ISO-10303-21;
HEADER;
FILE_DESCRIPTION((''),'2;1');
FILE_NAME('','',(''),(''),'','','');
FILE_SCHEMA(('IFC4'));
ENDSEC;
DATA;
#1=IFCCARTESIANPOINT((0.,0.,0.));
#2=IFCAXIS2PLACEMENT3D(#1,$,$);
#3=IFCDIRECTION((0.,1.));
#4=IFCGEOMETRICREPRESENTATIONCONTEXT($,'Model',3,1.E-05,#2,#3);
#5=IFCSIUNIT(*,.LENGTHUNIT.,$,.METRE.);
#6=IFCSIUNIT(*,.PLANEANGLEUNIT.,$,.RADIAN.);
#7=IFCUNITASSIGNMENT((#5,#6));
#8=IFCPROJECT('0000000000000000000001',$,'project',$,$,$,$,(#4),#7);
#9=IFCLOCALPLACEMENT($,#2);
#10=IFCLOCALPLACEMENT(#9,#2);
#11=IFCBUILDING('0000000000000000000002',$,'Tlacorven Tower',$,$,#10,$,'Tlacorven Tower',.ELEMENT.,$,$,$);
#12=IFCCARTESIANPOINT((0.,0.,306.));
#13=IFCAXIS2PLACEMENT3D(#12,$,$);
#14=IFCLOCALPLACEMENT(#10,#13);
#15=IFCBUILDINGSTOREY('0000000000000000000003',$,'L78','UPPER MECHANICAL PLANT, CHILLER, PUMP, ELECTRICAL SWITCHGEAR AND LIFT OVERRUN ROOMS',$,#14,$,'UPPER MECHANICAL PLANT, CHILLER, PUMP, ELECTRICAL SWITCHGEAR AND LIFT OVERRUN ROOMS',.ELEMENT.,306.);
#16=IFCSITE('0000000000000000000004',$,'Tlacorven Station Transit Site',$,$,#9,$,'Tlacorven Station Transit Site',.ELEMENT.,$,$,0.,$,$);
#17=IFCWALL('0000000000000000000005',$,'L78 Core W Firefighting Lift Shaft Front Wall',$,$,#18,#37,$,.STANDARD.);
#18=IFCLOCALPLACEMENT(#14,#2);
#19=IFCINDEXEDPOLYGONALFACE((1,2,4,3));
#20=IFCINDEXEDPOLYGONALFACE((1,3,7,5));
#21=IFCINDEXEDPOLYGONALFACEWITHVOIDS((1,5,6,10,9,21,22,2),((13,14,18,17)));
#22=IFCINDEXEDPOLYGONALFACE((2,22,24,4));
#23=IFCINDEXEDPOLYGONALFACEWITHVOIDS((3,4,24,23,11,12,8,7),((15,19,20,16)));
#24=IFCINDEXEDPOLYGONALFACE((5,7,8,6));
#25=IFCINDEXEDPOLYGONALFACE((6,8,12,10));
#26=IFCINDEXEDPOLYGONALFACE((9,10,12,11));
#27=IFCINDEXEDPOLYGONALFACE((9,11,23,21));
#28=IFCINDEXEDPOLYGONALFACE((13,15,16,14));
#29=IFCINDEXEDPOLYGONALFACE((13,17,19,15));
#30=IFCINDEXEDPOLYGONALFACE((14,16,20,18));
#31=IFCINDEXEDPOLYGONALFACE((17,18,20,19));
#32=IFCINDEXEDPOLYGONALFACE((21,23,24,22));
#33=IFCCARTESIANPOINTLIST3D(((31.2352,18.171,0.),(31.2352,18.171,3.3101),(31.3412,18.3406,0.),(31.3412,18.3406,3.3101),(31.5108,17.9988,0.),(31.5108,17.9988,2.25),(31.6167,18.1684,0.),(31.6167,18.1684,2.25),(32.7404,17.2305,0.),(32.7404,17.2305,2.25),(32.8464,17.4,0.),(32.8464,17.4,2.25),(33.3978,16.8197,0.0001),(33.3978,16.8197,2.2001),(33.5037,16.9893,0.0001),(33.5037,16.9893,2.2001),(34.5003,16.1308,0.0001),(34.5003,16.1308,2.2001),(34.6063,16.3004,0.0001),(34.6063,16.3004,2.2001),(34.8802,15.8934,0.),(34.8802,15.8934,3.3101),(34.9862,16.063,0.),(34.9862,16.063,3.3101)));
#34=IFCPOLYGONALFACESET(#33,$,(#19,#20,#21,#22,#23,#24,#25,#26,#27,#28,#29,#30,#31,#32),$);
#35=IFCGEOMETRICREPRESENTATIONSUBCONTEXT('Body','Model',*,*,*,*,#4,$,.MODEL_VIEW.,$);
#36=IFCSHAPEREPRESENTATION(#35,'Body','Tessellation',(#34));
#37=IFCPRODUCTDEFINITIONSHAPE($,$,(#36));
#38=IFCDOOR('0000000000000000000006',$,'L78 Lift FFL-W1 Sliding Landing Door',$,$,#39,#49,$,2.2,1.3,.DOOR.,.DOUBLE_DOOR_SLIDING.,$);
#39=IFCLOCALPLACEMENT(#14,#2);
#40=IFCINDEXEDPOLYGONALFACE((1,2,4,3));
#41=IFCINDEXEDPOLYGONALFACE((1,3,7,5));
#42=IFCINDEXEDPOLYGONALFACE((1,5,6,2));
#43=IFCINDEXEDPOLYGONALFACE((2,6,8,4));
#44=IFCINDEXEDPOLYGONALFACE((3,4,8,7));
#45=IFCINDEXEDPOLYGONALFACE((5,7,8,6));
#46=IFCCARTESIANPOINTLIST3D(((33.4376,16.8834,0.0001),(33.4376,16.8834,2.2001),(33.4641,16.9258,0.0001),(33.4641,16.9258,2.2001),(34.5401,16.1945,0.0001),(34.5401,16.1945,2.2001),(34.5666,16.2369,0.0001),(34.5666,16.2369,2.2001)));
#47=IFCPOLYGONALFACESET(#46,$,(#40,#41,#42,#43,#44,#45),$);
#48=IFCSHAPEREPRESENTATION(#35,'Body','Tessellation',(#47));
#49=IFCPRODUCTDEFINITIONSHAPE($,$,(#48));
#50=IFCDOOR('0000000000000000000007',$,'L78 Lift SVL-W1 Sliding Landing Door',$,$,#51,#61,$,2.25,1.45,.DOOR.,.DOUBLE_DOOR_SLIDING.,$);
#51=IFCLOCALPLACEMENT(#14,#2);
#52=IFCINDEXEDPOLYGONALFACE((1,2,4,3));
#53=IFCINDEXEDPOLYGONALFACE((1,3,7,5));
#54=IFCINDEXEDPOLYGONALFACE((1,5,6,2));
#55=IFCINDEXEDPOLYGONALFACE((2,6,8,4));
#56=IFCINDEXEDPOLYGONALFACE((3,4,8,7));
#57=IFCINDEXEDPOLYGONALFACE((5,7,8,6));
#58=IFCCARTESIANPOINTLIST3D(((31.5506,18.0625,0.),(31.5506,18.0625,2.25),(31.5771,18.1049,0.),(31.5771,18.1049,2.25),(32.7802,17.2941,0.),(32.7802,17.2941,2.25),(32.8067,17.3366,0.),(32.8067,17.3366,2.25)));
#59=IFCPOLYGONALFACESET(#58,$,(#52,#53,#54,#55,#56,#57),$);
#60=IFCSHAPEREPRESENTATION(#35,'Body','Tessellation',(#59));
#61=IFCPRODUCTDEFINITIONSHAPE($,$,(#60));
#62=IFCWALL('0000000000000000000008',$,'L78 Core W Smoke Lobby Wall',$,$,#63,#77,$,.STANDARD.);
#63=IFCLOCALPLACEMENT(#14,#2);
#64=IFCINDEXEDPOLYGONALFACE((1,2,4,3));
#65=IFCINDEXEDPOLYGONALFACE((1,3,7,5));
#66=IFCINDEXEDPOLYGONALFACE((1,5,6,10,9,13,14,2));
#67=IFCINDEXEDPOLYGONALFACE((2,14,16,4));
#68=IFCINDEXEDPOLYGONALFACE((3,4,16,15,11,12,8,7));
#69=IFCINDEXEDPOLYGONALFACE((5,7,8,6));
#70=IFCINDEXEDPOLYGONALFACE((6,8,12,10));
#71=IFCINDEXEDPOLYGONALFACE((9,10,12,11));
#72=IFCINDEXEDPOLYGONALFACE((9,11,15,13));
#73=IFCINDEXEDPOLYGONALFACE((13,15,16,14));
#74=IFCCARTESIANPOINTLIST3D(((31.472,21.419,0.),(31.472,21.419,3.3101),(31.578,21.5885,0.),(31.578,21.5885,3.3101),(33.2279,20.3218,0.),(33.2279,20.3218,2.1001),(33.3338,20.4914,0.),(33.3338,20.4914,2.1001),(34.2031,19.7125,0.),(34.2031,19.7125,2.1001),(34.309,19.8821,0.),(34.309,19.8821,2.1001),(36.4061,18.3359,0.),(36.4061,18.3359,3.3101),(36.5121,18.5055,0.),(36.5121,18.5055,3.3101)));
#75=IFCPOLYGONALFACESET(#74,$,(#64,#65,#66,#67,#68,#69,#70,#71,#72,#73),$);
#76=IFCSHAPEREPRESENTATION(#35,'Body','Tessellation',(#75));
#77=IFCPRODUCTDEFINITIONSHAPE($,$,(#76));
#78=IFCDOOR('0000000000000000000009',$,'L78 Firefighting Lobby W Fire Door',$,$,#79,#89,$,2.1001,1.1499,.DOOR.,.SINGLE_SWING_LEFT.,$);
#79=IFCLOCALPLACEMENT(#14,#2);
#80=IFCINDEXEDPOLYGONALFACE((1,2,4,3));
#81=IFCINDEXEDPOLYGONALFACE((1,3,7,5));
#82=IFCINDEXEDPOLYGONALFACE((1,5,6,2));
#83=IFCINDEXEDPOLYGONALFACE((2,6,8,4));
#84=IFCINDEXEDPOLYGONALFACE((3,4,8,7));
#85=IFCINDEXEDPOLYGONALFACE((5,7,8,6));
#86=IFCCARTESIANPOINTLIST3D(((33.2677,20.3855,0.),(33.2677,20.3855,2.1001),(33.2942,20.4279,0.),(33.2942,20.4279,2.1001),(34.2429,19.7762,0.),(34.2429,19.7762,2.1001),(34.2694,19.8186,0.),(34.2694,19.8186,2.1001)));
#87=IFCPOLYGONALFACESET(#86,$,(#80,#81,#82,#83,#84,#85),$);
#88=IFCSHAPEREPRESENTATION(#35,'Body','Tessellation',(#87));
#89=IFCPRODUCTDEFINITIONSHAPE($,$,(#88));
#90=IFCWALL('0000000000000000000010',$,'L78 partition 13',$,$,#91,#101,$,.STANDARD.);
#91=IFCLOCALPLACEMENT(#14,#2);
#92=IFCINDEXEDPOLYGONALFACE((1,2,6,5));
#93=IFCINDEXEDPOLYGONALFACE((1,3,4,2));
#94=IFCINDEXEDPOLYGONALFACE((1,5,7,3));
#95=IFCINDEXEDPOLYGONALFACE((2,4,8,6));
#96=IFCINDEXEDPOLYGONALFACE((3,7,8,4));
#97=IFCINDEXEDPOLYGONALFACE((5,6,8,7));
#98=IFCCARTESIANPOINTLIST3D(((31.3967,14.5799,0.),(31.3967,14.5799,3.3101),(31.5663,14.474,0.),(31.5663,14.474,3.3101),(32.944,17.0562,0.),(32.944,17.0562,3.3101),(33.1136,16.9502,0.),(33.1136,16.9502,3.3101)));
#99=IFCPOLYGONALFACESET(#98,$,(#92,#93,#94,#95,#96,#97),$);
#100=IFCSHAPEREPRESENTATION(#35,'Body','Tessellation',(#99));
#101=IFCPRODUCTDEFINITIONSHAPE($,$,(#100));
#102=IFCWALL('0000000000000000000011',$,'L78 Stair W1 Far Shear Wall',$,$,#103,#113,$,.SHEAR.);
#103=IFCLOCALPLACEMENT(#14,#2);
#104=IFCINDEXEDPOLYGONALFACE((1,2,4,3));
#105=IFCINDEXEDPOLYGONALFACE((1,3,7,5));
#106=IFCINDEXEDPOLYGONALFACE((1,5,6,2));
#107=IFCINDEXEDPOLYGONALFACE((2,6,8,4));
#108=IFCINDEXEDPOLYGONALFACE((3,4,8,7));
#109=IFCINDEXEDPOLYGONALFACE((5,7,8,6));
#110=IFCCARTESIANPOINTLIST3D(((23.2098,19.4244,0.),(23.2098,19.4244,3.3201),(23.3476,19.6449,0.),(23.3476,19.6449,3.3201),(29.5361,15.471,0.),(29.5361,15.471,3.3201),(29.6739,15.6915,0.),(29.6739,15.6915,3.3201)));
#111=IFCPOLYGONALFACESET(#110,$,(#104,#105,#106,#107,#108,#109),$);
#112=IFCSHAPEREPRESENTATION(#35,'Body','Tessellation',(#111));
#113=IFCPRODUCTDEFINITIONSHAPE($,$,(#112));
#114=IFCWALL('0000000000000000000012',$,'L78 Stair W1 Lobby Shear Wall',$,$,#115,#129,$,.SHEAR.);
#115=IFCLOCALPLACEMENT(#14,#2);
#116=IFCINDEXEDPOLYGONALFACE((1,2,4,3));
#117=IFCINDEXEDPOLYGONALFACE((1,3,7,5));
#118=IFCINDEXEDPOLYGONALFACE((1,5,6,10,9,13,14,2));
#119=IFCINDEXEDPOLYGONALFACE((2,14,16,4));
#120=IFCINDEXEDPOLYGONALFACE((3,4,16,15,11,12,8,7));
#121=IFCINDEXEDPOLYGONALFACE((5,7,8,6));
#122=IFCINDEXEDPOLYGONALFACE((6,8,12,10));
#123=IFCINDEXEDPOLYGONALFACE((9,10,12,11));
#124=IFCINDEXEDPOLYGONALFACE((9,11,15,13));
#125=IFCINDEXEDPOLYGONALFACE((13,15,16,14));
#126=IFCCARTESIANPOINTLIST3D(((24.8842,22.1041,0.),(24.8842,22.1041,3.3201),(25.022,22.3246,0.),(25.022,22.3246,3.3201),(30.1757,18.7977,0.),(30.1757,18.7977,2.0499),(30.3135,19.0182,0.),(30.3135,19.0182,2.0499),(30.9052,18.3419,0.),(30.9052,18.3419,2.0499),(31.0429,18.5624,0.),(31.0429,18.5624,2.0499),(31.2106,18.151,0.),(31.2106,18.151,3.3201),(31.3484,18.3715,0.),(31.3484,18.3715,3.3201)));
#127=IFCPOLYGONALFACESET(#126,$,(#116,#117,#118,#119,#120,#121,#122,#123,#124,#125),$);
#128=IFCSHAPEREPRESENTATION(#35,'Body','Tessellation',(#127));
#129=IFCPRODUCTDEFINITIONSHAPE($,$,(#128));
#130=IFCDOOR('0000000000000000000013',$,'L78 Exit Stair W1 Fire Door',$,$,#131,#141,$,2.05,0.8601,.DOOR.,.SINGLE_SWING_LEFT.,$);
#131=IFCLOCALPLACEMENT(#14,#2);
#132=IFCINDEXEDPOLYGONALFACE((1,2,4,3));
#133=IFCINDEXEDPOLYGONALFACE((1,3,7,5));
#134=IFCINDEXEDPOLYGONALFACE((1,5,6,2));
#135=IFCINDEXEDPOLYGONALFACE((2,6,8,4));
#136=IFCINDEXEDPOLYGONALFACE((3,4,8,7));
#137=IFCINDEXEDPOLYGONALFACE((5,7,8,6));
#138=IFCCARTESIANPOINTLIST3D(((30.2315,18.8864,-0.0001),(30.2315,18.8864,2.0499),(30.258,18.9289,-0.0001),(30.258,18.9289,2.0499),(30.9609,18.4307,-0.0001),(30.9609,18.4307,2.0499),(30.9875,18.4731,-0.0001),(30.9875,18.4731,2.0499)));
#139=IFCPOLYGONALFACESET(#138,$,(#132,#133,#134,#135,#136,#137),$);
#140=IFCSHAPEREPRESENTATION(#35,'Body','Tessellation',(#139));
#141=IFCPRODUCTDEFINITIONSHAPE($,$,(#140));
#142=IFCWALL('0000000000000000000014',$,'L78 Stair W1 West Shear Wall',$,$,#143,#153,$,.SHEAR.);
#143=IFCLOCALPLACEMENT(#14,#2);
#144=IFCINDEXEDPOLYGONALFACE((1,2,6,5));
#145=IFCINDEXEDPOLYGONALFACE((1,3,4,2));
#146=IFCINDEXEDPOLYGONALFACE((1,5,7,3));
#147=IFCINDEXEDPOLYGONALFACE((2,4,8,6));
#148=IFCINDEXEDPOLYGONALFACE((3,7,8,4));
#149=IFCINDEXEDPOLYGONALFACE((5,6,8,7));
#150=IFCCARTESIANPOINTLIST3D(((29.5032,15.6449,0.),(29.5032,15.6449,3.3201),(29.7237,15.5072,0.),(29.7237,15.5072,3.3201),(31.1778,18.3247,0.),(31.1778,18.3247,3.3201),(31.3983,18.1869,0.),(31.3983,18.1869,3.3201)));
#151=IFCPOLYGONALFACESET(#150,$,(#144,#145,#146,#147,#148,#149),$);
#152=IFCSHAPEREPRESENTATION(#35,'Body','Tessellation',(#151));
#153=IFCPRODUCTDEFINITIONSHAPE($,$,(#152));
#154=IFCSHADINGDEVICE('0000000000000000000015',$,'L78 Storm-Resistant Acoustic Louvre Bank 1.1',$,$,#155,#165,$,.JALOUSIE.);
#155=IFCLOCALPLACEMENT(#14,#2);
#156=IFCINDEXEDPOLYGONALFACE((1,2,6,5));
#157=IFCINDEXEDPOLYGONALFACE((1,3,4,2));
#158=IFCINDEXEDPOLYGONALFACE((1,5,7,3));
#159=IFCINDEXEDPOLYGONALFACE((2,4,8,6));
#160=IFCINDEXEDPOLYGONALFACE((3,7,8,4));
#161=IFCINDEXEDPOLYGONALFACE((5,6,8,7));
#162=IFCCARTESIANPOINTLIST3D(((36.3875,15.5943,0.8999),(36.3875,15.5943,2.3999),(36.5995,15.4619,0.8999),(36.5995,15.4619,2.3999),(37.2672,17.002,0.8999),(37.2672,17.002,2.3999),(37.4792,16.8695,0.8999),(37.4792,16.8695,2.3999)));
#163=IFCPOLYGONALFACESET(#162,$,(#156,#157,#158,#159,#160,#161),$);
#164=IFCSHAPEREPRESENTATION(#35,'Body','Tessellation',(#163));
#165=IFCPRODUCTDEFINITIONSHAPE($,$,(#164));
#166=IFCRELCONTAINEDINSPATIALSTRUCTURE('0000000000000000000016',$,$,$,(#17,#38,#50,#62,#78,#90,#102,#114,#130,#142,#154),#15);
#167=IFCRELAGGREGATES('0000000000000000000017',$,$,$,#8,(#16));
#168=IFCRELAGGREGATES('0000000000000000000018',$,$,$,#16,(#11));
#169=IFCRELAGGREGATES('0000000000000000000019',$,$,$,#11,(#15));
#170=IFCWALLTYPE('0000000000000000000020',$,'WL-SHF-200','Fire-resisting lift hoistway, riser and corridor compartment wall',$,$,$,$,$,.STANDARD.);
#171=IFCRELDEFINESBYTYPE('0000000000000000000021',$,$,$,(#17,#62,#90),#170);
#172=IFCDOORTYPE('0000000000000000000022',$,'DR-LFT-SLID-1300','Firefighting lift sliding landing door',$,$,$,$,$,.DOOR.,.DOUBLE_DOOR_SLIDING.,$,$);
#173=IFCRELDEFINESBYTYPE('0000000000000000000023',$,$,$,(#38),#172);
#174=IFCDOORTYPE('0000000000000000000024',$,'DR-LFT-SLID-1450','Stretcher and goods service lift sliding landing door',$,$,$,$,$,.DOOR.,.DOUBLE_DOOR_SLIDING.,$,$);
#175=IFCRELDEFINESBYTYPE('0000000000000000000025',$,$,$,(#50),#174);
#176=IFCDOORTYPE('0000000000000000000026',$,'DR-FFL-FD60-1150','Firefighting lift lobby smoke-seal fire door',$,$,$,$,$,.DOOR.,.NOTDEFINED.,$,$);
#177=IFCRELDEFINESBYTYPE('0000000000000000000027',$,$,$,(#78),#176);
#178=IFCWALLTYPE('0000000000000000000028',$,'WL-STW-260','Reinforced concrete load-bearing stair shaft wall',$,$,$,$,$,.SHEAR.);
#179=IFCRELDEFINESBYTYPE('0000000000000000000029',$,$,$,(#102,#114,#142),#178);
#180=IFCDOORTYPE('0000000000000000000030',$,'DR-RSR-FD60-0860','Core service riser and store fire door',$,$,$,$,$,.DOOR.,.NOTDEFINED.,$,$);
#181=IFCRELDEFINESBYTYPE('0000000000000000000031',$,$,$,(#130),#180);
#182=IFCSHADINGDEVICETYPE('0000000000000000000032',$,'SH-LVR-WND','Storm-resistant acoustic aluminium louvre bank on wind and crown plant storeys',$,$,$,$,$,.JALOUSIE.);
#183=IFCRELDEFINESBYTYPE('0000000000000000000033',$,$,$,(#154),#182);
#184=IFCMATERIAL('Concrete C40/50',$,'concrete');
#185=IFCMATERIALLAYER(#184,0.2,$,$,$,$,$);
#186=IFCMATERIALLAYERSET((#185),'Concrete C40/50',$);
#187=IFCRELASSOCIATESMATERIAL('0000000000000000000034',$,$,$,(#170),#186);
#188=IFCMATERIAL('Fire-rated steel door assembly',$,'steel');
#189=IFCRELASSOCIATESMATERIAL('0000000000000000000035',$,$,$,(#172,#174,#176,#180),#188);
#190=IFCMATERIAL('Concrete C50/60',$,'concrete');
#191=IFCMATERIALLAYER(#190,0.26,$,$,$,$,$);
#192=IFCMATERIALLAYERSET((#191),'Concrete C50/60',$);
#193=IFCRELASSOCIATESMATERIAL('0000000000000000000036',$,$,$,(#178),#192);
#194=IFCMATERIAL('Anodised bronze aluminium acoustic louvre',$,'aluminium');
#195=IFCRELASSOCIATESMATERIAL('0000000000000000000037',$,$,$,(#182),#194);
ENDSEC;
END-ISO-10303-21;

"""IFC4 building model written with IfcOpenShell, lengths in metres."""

from ifc_helpers import new_model, si_unit, direction, frame, frame_2d, origin, origin_2d, place, context, subcontext, project, spatial, rectangle, extrude, source, transform, mapped, material, layer, layer_set, type_object, element, fill, save


model = new_model("IFC4")

# Units and contexts
model_context = context("Model", 3, precision=1e-05, world=origin(), true_north=direction((0.0, 1.0)))
body_context = subcontext(model_context, "Body", "Model", "MODEL_VIEW")
ifc_project = project(units=[si_unit("LENGTHUNIT", "METRE"), si_unit("PLANEANGLEUNIT", "RADIAN")], contexts=[model_context])

# Site, building, storey
site_placement = place(None, origin())
site = spatial("IfcSite", under=ifc_project, at=site_placement, Name="Tlacorven Station Transit Site", LongName="Tlacorven Station Transit Site", CompositionType="ELEMENT", RefElevation=0.0)
building_placement = place(site_placement, origin())
building = spatial("IfcBuilding", under=site, at=building_placement, Name="Tlacorven Tower", LongName="Tlacorven Tower", CompositionType="ELEMENT")
storey_placement = place(building_placement, frame((0.0, 0.0, 306.0)))
storey = spatial("IfcBuildingStorey", under=building, at=storey_placement, Name="L78", Description="UPPER MECHANICAL PLANT, CHILLER, PUMP, ELECTRICAL SWITCHGEAR AND LIFT OVERRUN ROOMS", LongName="UPPER MECHANICAL PLANT, CHILLER, PUMP, ELECTRICAL SWITCHGEAR AND LIFT OVERRUN ROOMS", CompositionType="ELEMENT", Elevation=306.0)

# Shared definitions
ifc_material_1 = material(Name="Concrete C50/60", Category="concrete")

# Wall, openings, doors
ifc_material_2 = material(Name="Concrete C40/50", Category="concrete")
ifc_layer_1 = layer(ifc_material_2, 0.2)
ifc_layer_set_1 = layer_set([ifc_layer_1], Name="Concrete C40/50")
wall_type_1 = type_object("IfcWallType", Name="WL-SHF-200", Description="Fire-resisting lift hoistway, riser and corridor compartment wall", PredefinedType="STANDARD", material=ifc_layer_set_1)
wall_1_placement = place(storey_placement, frame((34.9331, 15.9783, 0.0), z_axis=(0.0, 0.0, 1.0), x_axis=(-0.848056, 0.529907, 0.0)))
wall_1 = element("IfcWall", 1, at=wall_1_placement, inside=storey, type_object=wall_type_1, Name="L78 Core W Firefighting Lift Shaft Front Wall", PredefinedType="STANDARD", context=body_context, shape_type="SweptSolid", body=[
    extrude(rectangle(XDim=4.2981, YDim=0.2, at=frame_2d((2.1489, 0.0))), origin(), (0.0, 0.0, 1.0), 3.3101),
])
opening_1_placement = place(wall_1_placement, frame((0.448, 0.0, 0.0)))
opening_1 = element("IfcOpeningElement", 2, at=opening_1_placement, cuts=wall_1, PredefinedType="OPENING", context=body_context, shape_type="SweptSolid", body=[
    extrude(rectangle(XDim=1.3, YDim=2.2, at=frame_2d((0.6499, 1.1001))), frame((0.0, 0.1099, 0.0), z_axis=(0.0, -1.0, 0.0), x_axis=(1.0, 0.0, 0.0)), (0.0, 0.0, 1.0), 0.22),
])
opening_2_placement = place(wall_1_placement, frame((2.5229, 0.0, 0.0)))
opening_2 = element("IfcOpeningElement", 3, at=opening_2_placement, cuts=wall_1, PredefinedType="OPENING", context=body_context, shape_type="SweptSolid", body=[
    extrude(rectangle(XDim=1.45, YDim=2.25, at=frame_2d((0.7251, 1.125))), frame((0.0, 0.1099, 0.0), z_axis=(0.0, -1.0, 0.0), x_axis=(1.0, 0.0, 0.0)), (0.0, 0.0, 1.0), 0.22),
])
ifc_material_3 = material(Name="Fire-rated steel door assembly", Category="steel")
door_type_1 = type_object("IfcDoorType", Name="DR-LFT-SLID-1300", Description="Firefighting lift sliding landing door", OperationType="DOUBLE_DOOR_SLIDING", PredefinedType="DOOR", material=ifc_material_3)
shared_shape_1 = source(origin(), body_context, "Body", "SweptSolid", [
    extrude(rectangle(XDim=1.3, YDim=2.2, at=frame_2d((0.6499, 1.1001))), frame((0.0, 0.0249, 0.0), z_axis=(0.0, -1.0, 0.0), x_axis=(1.0, 0.0, 0.0)), (0.0, 0.0, 1.0), 0.05),
])
door_1_placement = place(opening_1_placement, origin())
door_1 = element("IfcDoor", 4, at=door_1_placement, inside=storey, type_object=door_type_1, Name="L78 Lift FFL-W1 Sliding Landing Door", OperationType="DOUBLE_DOOR_SLIDING", OverallHeight=2.2, OverallWidth=1.3, PredefinedType="DOOR", context=body_context, shape_type="MappedRepresentation", body=[
    mapped(shared_shape_1, transform((0.0, 0.0, 0.0), scale=1.0)),
])
fill(opening_1, door_1)
door_type_2 = type_object("IfcDoorType", Name="DR-LFT-SLID-1450", Description="Stretcher and goods service lift sliding landing door", OperationType="DOUBLE_DOOR_SLIDING", PredefinedType="DOOR", material=ifc_material_3)
shared_shape_2 = source(origin(), body_context, "Body", "SweptSolid", [
    extrude(rectangle(XDim=1.45, YDim=2.25, at=frame_2d((0.7251, 1.125))), frame((0.0, 0.0249, 0.0), z_axis=(0.0, -1.0, 0.0), x_axis=(1.0, 0.0, 0.0)), (0.0, 0.0, 1.0), 0.05),
])
door_2_placement = place(opening_2_placement, origin())
door_2 = element("IfcDoor", 5, at=door_2_placement, inside=storey, type_object=door_type_2, Name="L78 Lift SVL-W1 Sliding Landing Door", OperationType="DOUBLE_DOOR_SLIDING", OverallHeight=2.25, OverallWidth=1.45, PredefinedType="DOOR", context=body_context, shape_type="MappedRepresentation", body=[
    mapped(shared_shape_2, transform((0.0, 0.0, 0.0), scale=1.0)),
])
fill(opening_2, door_2)

# Wall, opening, door
wall_2_placement = place(storey_placement, frame((36.4592, 18.4207, 0.0), z_axis=(0.0, 0.0, 1.0), x_axis=(-0.84806, 0.529901, 0.0)))
wall_2 = element("IfcWall", 6, at=wall_2_placement, inside=storey, type_object=wall_type_1, Name="L78 Core W Smoke Lobby Wall", PredefinedType="STANDARD", context=body_context, shape_type="SweptSolid", body=[
    extrude(rectangle(XDim=5.8181, YDim=0.2, at=frame_2d((2.9092, 0.0))), origin(), (0.0, 0.0, 1.0), 3.3101),
])
opening_3_placement = place(wall_2_placement, frame((2.5979, 0.0, 0.0)))
opening_3 = element("IfcOpeningElement", 7, at=opening_3_placement, cuts=wall_2, PredefinedType="OPENING", context=body_context, shape_type="SweptSolid", body=[
    extrude(rectangle(XDim=1.1499, YDim=2.1001, at=frame_2d((0.575, 1.05))), frame((0.0, 0.1099, 0.0), z_axis=(0.0, -1.0, 0.0), x_axis=(1.0, 0.0, 0.0)), (0.0, 0.0, 1.0), 0.22),
])
door_type_3 = type_object("IfcDoorType", Name="DR-FFL-FD60-1150", Description="Firefighting lift lobby smoke-seal fire door", OperationType="NOTDEFINED", PredefinedType="DOOR", material=ifc_material_3)
shared_shape_3 = source(origin(), body_context, "Body", "SweptSolid", [
    extrude(rectangle(XDim=1.1499, YDim=2.1001, at=frame_2d((0.575, 1.05))), frame((0.0, 0.0249, 0.0), z_axis=(0.0, -1.0, 0.0), x_axis=(1.0, 0.0, 0.0)), (0.0, 0.0, 1.0), 0.05),
])
door_3_placement = place(opening_3_placement, origin())
door_3 = element("IfcDoor", 8, at=door_3_placement, inside=storey, type_object=door_type_3, Name="L78 Firefighting Lobby W Fire Door", OperationType="SINGLE_SWING_LEFT", OverallHeight=2.1001, OverallWidth=1.1499, PredefinedType="DOOR", context=body_context, shape_type="MappedRepresentation", body=[
    mapped(shared_shape_3, transform((0.0, 0.0, 0.0), scale=1.0)),
])
fill(opening_3, door_3)

# Walls
wall_3_placement = place(storey_placement, frame((33.0288, 17.0032, 0.0), z_axis=(0.0, 0.0, 1.0), x_axis=(-0.529916, -0.84805, 0.0)))
element("IfcWall", 9, at=wall_3_placement, inside=storey, type_object=wall_type_1, Name="L78 partition 13", PredefinedType="STANDARD", context=body_context, shape_type="SweptSolid", body=[
    extrude(rectangle(XDim=2.9199, YDim=0.2, at=frame_2d((1.46, 0.0))), origin(), (0.0, 0.0, 1.0), 3.3101),
])
ifc_layer_2 = layer(ifc_material_1, 0.26)
ifc_layer_set_2 = layer_set([ifc_layer_2], Name="Concrete C50/60")
wall_type_2 = type_object("IfcWallType", Name="WL-STW-260", Description="Reinforced concrete load-bearing stair shaft wall", PredefinedType="SHEAR", material=ifc_layer_set_2)
wall_4_placement = place(storey_placement, frame((29.605, 15.5813, 0.0), z_axis=(0.0, 0.0, 1.0), x_axis=(-0.848037, 0.529937, 0.0)))
element("IfcWall", 10, at=wall_4_placement, inside=storey, type_object=wall_type_2, Name="L78 Stair W1 Far Shear Wall", PredefinedType="SHEAR", context=body_context, shape_type="SweptSolid", body=[
    extrude(rectangle(XDim=7.46, YDim=0.26, at=frame_2d((3.73, 0.0))), origin(), (0.0, 0.0, 1.0), 3.3201),
])

# Wall, opening, door
wall_5_placement = place(storey_placement, frame((31.2795, 18.2612, 0.0), z_axis=(0.0, 0.0, 1.0), x_axis=(-0.848052, 0.529914, 0.0)))
wall_5 = element("IfcWall", 11, at=wall_5_placement, inside=storey, type_object=wall_type_2, Name="L78 Stair W1 Lobby Shear Wall", PredefinedType="SHEAR", context=body_context, shape_type="SweptSolid", body=[
    extrude(rectangle(XDim=7.46, YDim=0.26, at=frame_2d((3.73, 0.0))), origin(), (0.0, 0.0, 1.0), 3.3201),
])
opening_4_placement = place(wall_5_placement, frame((0.3601, 0.0, 0.0)))
opening_4 = element("IfcOpeningElement", 12, at=opening_4_placement, cuts=wall_5, PredefinedType="OPENING", context=body_context, shape_type="SweptSolid", body=[
    extrude(rectangle(XDim=0.8601, YDim=2.05, at=frame_2d((0.4302, 1.0249))), frame((0.0, 0.1401, 0.0), z_axis=(0.0, -1.0, 0.0), x_axis=(1.0, 0.0, 0.0)), (0.0, 0.0, 1.0), 0.28),
])
door_type_4 = type_object("IfcDoorType", Name="DR-RSR-FD60-0860", Description="Core service riser and store fire door", OperationType="NOTDEFINED", PredefinedType="DOOR", material=ifc_material_3)
shared_shape_4 = source(origin(), body_context, "Body", "SweptSolid", [
    extrude(rectangle(XDim=0.8601, YDim=2.05, at=frame_2d((0.4302, 1.0249))), frame((0.0, 0.0249, 0.0), z_axis=(0.0, -1.0, 0.0), x_axis=(1.0, 0.0, 0.0)), (0.0, 0.0, 1.0), 0.05),
])
door_4_placement = place(opening_4_placement, frame((0.8601, 0.0, 0.0), z_axis=(0.0, 0.0, 1.0), x_axis=(-1.0, 0.0, 0.0)))
door_4 = element("IfcDoor", 13, at=door_4_placement, inside=storey, type_object=door_type_4, Name="L78 Exit Stair W1 Fire Door", OperationType="SINGLE_SWING_LEFT", OverallHeight=2.05, OverallWidth=0.8601, PredefinedType="DOOR", context=body_context, shape_type="MappedRepresentation", body=[
    mapped(shared_shape_4, transform((0.0, 0.0, 0.0), scale=1.0)),
])
fill(opening_4, door_4)

# Wall
wall_6_placement = place(storey_placement, frame((31.2881, 18.2559, 0.0), z_axis=(0.0, 0.0, 1.0), x_axis=(-0.529943, -0.848033, 0.0)))
element("IfcWall", 14, at=wall_6_placement, inside=storey, type_object=wall_type_2, Name="L78 Stair W1 West Shear Wall", PredefinedType="SHEAR", context=body_context, shape_type="SweptSolid", body=[
    extrude(rectangle(XDim=3.1599, YDim=0.26, at=frame_2d((1.5801, 0.0))), origin(), (0.0, 0.0, 1.0), 3.3201),
])

# Shading device
ifc_material_4 = material(Name="Anodised bronze aluminium acoustic louvre", Category="aluminium")
shading_device_type = type_object("IfcShadingDeviceType", Name="SH-LVR-WND", Description="Storm-resistant acoustic aluminium louvre bank on wind and crown plant storeys", PredefinedType="JALOUSIE", material=ifc_material_4)
shared_shape_5 = source(origin(), body_context, "Body", "SweptSolid", [
    extrude(rectangle(XDim=1.6599, YDim=0.25, at=origin_2d()), origin(), (0.0, 0.0, 1.0), 1.5),
])
shading_device_placement = place(storey_placement, frame((36.9333, 16.2319, 0.8999), z_axis=(0.0, 0.0, 1.0), x_axis=(-0.529919, -0.848048, 0.0)))
element("IfcShadingDevice", 15, at=shading_device_placement, inside=storey, type_object=shading_device_type, Name="L78 Storm-Resistant Acoustic Louvre Bank 1.1", PredefinedType="JALOUSIE", context=body_context, shape_type="MappedRepresentation", body=[
    mapped(shared_shape_5, transform((0.0, 0.0, 0.0), scale=1.0)),
])

save(model, "model.ifc")
